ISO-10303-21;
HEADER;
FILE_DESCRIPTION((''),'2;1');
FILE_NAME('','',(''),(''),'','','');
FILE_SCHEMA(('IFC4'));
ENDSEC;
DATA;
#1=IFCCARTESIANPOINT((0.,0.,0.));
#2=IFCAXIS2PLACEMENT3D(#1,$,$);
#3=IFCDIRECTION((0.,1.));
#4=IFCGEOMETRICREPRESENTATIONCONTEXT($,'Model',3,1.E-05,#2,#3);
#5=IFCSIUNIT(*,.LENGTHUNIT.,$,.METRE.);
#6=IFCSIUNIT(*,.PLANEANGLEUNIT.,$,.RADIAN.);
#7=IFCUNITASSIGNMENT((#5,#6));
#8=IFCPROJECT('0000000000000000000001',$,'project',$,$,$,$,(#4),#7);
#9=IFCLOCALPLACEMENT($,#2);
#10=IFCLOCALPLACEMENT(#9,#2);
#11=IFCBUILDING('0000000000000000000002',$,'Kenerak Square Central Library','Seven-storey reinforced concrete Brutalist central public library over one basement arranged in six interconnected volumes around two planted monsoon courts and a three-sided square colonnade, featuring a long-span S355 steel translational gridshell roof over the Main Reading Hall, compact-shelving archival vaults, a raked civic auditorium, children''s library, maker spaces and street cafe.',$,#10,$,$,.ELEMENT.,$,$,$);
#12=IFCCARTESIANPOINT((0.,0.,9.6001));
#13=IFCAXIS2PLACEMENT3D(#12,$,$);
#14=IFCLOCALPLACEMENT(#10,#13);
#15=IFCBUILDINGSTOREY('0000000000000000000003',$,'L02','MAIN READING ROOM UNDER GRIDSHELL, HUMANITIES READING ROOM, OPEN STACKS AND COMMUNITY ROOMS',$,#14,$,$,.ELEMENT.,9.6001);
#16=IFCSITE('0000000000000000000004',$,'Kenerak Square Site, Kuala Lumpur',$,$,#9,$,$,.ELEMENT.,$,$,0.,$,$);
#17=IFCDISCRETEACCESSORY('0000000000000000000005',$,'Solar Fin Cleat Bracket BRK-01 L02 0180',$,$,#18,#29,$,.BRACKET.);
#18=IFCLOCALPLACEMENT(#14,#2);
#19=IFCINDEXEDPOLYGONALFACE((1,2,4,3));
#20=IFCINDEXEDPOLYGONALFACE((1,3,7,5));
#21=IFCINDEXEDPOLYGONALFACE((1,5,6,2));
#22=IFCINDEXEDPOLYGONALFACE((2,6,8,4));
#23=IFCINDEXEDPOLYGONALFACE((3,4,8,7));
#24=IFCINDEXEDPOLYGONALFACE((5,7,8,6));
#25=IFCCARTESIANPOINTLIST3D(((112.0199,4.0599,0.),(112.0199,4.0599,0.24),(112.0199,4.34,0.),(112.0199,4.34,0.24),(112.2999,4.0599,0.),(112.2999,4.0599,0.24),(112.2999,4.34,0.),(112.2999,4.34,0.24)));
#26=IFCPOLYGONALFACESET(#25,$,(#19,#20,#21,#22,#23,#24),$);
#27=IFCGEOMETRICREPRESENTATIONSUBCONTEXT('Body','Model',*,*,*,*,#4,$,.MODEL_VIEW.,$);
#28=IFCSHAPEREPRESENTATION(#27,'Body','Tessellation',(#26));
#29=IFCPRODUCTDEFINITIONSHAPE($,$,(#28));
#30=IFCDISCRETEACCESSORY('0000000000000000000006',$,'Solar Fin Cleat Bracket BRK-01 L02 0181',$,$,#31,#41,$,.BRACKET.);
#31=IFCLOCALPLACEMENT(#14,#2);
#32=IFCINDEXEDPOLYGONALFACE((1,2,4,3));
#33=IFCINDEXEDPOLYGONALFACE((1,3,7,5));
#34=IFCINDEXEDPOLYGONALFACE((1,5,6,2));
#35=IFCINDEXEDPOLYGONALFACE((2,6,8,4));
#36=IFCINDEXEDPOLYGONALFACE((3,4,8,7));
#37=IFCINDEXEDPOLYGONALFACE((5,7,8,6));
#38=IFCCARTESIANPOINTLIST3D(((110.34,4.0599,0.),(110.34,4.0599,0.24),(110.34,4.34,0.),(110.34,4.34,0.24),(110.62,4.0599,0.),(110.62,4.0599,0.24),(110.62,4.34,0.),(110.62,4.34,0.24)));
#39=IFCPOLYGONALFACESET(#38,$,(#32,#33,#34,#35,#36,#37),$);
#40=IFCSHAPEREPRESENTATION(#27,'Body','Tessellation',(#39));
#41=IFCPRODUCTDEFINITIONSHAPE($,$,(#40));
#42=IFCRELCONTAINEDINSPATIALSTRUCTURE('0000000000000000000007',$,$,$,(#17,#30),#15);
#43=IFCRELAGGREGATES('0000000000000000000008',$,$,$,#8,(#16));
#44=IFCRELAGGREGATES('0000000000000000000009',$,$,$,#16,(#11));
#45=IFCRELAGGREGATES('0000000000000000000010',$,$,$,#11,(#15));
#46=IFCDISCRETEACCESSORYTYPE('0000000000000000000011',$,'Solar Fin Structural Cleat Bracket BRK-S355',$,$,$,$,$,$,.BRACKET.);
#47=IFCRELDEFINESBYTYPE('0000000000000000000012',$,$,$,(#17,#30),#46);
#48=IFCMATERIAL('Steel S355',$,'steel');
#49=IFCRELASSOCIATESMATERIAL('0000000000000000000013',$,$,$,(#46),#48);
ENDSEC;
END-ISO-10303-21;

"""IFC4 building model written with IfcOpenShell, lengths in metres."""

from ifc_helpers import new_model, si_unit, direction, frame, origin, origin_2d, place, context, subcontext, project, spatial, rectangle, extrude, material, type_object, element, save


model = new_model("IFC4")

# Units and contexts
model_context = context("Model", 3, precision=1e-05, world=origin(), true_north=direction((0.0, 1.0)))
body_context = subcontext(model_context, "Body", "Model", "MODEL_VIEW")
ifc_project = project(units=[si_unit("LENGTHUNIT", "METRE"), si_unit("PLANEANGLEUNIT", "RADIAN")], contexts=[model_context])

# Site, building, storey
site_placement = place(None, origin())
site = spatial("IfcSite", under=ifc_project, at=site_placement, Name="Kenerak Square Site, Kuala Lumpur", CompositionType="ELEMENT", RefElevation=0.0)
building_placement = place(site_placement, origin())
building = spatial("IfcBuilding", under=site, at=building_placement, Name="Kenerak Square Central Library", Description="Seven-storey reinforced concrete Brutalist central public library over one basement arranged in six interconnected volumes around two planted monsoon courts and a three-sided square colonnade, featuring a long-span S355 steel translational gridshell roof over the Main Reading Hall, compact-shelving archival vaults, a raked civic auditorium, children's library, maker spaces and street cafe.", CompositionType="ELEMENT")
storey_placement = place(building_placement, frame((0.0, 0.0, 9.6001)))
storey = spatial("IfcBuildingStorey", under=building, at=storey_placement, Name="L02", Description="MAIN READING ROOM UNDER GRIDSHELL, HUMANITIES READING ROOM, OPEN STACKS AND COMMUNITY ROOMS", CompositionType="ELEMENT", Elevation=9.6001)

# Shared definitions
ifc_material_1 = material(Name="Steel S355", Category="steel")

# Discrete accessories
discrete_accessory_type = type_object("IfcDiscreteAccessoryType", Name="Solar Fin Structural Cleat Bracket BRK-S355", PredefinedType="BRACKET", material=ifc_material_1)
for number, where, z_axis, x_axis, name in (
    (1, (112.1599, 4.2, 0.0), (0.0, 0.0, 1.0), (-1.0, 0.0, 0.0), "Solar Fin Cleat Bracket BRK-01 L02 0180"),
    (2, (110.48, 4.2, 0.0), (0.0, 0.0, 1.0), (-1.0, 0.0, 0.0), "Solar Fin Cleat Bracket BRK-01 L02 0181"),
):
    element("IfcDiscreteAccessory", number, at=place(storey_placement, frame(where, z_axis=z_axis, x_axis=x_axis)), inside=storey, type_object=discrete_accessory_type, Name=name, PredefinedType="BRACKET", context=body_context, shape_type="SweptSolid", body=[
        extrude(rectangle(XDim=0.28, YDim=0.28, at=origin_2d()), origin(), (0.0, 0.0, 1.0), 0.24),
    ])

save(model, "model.ifc")
